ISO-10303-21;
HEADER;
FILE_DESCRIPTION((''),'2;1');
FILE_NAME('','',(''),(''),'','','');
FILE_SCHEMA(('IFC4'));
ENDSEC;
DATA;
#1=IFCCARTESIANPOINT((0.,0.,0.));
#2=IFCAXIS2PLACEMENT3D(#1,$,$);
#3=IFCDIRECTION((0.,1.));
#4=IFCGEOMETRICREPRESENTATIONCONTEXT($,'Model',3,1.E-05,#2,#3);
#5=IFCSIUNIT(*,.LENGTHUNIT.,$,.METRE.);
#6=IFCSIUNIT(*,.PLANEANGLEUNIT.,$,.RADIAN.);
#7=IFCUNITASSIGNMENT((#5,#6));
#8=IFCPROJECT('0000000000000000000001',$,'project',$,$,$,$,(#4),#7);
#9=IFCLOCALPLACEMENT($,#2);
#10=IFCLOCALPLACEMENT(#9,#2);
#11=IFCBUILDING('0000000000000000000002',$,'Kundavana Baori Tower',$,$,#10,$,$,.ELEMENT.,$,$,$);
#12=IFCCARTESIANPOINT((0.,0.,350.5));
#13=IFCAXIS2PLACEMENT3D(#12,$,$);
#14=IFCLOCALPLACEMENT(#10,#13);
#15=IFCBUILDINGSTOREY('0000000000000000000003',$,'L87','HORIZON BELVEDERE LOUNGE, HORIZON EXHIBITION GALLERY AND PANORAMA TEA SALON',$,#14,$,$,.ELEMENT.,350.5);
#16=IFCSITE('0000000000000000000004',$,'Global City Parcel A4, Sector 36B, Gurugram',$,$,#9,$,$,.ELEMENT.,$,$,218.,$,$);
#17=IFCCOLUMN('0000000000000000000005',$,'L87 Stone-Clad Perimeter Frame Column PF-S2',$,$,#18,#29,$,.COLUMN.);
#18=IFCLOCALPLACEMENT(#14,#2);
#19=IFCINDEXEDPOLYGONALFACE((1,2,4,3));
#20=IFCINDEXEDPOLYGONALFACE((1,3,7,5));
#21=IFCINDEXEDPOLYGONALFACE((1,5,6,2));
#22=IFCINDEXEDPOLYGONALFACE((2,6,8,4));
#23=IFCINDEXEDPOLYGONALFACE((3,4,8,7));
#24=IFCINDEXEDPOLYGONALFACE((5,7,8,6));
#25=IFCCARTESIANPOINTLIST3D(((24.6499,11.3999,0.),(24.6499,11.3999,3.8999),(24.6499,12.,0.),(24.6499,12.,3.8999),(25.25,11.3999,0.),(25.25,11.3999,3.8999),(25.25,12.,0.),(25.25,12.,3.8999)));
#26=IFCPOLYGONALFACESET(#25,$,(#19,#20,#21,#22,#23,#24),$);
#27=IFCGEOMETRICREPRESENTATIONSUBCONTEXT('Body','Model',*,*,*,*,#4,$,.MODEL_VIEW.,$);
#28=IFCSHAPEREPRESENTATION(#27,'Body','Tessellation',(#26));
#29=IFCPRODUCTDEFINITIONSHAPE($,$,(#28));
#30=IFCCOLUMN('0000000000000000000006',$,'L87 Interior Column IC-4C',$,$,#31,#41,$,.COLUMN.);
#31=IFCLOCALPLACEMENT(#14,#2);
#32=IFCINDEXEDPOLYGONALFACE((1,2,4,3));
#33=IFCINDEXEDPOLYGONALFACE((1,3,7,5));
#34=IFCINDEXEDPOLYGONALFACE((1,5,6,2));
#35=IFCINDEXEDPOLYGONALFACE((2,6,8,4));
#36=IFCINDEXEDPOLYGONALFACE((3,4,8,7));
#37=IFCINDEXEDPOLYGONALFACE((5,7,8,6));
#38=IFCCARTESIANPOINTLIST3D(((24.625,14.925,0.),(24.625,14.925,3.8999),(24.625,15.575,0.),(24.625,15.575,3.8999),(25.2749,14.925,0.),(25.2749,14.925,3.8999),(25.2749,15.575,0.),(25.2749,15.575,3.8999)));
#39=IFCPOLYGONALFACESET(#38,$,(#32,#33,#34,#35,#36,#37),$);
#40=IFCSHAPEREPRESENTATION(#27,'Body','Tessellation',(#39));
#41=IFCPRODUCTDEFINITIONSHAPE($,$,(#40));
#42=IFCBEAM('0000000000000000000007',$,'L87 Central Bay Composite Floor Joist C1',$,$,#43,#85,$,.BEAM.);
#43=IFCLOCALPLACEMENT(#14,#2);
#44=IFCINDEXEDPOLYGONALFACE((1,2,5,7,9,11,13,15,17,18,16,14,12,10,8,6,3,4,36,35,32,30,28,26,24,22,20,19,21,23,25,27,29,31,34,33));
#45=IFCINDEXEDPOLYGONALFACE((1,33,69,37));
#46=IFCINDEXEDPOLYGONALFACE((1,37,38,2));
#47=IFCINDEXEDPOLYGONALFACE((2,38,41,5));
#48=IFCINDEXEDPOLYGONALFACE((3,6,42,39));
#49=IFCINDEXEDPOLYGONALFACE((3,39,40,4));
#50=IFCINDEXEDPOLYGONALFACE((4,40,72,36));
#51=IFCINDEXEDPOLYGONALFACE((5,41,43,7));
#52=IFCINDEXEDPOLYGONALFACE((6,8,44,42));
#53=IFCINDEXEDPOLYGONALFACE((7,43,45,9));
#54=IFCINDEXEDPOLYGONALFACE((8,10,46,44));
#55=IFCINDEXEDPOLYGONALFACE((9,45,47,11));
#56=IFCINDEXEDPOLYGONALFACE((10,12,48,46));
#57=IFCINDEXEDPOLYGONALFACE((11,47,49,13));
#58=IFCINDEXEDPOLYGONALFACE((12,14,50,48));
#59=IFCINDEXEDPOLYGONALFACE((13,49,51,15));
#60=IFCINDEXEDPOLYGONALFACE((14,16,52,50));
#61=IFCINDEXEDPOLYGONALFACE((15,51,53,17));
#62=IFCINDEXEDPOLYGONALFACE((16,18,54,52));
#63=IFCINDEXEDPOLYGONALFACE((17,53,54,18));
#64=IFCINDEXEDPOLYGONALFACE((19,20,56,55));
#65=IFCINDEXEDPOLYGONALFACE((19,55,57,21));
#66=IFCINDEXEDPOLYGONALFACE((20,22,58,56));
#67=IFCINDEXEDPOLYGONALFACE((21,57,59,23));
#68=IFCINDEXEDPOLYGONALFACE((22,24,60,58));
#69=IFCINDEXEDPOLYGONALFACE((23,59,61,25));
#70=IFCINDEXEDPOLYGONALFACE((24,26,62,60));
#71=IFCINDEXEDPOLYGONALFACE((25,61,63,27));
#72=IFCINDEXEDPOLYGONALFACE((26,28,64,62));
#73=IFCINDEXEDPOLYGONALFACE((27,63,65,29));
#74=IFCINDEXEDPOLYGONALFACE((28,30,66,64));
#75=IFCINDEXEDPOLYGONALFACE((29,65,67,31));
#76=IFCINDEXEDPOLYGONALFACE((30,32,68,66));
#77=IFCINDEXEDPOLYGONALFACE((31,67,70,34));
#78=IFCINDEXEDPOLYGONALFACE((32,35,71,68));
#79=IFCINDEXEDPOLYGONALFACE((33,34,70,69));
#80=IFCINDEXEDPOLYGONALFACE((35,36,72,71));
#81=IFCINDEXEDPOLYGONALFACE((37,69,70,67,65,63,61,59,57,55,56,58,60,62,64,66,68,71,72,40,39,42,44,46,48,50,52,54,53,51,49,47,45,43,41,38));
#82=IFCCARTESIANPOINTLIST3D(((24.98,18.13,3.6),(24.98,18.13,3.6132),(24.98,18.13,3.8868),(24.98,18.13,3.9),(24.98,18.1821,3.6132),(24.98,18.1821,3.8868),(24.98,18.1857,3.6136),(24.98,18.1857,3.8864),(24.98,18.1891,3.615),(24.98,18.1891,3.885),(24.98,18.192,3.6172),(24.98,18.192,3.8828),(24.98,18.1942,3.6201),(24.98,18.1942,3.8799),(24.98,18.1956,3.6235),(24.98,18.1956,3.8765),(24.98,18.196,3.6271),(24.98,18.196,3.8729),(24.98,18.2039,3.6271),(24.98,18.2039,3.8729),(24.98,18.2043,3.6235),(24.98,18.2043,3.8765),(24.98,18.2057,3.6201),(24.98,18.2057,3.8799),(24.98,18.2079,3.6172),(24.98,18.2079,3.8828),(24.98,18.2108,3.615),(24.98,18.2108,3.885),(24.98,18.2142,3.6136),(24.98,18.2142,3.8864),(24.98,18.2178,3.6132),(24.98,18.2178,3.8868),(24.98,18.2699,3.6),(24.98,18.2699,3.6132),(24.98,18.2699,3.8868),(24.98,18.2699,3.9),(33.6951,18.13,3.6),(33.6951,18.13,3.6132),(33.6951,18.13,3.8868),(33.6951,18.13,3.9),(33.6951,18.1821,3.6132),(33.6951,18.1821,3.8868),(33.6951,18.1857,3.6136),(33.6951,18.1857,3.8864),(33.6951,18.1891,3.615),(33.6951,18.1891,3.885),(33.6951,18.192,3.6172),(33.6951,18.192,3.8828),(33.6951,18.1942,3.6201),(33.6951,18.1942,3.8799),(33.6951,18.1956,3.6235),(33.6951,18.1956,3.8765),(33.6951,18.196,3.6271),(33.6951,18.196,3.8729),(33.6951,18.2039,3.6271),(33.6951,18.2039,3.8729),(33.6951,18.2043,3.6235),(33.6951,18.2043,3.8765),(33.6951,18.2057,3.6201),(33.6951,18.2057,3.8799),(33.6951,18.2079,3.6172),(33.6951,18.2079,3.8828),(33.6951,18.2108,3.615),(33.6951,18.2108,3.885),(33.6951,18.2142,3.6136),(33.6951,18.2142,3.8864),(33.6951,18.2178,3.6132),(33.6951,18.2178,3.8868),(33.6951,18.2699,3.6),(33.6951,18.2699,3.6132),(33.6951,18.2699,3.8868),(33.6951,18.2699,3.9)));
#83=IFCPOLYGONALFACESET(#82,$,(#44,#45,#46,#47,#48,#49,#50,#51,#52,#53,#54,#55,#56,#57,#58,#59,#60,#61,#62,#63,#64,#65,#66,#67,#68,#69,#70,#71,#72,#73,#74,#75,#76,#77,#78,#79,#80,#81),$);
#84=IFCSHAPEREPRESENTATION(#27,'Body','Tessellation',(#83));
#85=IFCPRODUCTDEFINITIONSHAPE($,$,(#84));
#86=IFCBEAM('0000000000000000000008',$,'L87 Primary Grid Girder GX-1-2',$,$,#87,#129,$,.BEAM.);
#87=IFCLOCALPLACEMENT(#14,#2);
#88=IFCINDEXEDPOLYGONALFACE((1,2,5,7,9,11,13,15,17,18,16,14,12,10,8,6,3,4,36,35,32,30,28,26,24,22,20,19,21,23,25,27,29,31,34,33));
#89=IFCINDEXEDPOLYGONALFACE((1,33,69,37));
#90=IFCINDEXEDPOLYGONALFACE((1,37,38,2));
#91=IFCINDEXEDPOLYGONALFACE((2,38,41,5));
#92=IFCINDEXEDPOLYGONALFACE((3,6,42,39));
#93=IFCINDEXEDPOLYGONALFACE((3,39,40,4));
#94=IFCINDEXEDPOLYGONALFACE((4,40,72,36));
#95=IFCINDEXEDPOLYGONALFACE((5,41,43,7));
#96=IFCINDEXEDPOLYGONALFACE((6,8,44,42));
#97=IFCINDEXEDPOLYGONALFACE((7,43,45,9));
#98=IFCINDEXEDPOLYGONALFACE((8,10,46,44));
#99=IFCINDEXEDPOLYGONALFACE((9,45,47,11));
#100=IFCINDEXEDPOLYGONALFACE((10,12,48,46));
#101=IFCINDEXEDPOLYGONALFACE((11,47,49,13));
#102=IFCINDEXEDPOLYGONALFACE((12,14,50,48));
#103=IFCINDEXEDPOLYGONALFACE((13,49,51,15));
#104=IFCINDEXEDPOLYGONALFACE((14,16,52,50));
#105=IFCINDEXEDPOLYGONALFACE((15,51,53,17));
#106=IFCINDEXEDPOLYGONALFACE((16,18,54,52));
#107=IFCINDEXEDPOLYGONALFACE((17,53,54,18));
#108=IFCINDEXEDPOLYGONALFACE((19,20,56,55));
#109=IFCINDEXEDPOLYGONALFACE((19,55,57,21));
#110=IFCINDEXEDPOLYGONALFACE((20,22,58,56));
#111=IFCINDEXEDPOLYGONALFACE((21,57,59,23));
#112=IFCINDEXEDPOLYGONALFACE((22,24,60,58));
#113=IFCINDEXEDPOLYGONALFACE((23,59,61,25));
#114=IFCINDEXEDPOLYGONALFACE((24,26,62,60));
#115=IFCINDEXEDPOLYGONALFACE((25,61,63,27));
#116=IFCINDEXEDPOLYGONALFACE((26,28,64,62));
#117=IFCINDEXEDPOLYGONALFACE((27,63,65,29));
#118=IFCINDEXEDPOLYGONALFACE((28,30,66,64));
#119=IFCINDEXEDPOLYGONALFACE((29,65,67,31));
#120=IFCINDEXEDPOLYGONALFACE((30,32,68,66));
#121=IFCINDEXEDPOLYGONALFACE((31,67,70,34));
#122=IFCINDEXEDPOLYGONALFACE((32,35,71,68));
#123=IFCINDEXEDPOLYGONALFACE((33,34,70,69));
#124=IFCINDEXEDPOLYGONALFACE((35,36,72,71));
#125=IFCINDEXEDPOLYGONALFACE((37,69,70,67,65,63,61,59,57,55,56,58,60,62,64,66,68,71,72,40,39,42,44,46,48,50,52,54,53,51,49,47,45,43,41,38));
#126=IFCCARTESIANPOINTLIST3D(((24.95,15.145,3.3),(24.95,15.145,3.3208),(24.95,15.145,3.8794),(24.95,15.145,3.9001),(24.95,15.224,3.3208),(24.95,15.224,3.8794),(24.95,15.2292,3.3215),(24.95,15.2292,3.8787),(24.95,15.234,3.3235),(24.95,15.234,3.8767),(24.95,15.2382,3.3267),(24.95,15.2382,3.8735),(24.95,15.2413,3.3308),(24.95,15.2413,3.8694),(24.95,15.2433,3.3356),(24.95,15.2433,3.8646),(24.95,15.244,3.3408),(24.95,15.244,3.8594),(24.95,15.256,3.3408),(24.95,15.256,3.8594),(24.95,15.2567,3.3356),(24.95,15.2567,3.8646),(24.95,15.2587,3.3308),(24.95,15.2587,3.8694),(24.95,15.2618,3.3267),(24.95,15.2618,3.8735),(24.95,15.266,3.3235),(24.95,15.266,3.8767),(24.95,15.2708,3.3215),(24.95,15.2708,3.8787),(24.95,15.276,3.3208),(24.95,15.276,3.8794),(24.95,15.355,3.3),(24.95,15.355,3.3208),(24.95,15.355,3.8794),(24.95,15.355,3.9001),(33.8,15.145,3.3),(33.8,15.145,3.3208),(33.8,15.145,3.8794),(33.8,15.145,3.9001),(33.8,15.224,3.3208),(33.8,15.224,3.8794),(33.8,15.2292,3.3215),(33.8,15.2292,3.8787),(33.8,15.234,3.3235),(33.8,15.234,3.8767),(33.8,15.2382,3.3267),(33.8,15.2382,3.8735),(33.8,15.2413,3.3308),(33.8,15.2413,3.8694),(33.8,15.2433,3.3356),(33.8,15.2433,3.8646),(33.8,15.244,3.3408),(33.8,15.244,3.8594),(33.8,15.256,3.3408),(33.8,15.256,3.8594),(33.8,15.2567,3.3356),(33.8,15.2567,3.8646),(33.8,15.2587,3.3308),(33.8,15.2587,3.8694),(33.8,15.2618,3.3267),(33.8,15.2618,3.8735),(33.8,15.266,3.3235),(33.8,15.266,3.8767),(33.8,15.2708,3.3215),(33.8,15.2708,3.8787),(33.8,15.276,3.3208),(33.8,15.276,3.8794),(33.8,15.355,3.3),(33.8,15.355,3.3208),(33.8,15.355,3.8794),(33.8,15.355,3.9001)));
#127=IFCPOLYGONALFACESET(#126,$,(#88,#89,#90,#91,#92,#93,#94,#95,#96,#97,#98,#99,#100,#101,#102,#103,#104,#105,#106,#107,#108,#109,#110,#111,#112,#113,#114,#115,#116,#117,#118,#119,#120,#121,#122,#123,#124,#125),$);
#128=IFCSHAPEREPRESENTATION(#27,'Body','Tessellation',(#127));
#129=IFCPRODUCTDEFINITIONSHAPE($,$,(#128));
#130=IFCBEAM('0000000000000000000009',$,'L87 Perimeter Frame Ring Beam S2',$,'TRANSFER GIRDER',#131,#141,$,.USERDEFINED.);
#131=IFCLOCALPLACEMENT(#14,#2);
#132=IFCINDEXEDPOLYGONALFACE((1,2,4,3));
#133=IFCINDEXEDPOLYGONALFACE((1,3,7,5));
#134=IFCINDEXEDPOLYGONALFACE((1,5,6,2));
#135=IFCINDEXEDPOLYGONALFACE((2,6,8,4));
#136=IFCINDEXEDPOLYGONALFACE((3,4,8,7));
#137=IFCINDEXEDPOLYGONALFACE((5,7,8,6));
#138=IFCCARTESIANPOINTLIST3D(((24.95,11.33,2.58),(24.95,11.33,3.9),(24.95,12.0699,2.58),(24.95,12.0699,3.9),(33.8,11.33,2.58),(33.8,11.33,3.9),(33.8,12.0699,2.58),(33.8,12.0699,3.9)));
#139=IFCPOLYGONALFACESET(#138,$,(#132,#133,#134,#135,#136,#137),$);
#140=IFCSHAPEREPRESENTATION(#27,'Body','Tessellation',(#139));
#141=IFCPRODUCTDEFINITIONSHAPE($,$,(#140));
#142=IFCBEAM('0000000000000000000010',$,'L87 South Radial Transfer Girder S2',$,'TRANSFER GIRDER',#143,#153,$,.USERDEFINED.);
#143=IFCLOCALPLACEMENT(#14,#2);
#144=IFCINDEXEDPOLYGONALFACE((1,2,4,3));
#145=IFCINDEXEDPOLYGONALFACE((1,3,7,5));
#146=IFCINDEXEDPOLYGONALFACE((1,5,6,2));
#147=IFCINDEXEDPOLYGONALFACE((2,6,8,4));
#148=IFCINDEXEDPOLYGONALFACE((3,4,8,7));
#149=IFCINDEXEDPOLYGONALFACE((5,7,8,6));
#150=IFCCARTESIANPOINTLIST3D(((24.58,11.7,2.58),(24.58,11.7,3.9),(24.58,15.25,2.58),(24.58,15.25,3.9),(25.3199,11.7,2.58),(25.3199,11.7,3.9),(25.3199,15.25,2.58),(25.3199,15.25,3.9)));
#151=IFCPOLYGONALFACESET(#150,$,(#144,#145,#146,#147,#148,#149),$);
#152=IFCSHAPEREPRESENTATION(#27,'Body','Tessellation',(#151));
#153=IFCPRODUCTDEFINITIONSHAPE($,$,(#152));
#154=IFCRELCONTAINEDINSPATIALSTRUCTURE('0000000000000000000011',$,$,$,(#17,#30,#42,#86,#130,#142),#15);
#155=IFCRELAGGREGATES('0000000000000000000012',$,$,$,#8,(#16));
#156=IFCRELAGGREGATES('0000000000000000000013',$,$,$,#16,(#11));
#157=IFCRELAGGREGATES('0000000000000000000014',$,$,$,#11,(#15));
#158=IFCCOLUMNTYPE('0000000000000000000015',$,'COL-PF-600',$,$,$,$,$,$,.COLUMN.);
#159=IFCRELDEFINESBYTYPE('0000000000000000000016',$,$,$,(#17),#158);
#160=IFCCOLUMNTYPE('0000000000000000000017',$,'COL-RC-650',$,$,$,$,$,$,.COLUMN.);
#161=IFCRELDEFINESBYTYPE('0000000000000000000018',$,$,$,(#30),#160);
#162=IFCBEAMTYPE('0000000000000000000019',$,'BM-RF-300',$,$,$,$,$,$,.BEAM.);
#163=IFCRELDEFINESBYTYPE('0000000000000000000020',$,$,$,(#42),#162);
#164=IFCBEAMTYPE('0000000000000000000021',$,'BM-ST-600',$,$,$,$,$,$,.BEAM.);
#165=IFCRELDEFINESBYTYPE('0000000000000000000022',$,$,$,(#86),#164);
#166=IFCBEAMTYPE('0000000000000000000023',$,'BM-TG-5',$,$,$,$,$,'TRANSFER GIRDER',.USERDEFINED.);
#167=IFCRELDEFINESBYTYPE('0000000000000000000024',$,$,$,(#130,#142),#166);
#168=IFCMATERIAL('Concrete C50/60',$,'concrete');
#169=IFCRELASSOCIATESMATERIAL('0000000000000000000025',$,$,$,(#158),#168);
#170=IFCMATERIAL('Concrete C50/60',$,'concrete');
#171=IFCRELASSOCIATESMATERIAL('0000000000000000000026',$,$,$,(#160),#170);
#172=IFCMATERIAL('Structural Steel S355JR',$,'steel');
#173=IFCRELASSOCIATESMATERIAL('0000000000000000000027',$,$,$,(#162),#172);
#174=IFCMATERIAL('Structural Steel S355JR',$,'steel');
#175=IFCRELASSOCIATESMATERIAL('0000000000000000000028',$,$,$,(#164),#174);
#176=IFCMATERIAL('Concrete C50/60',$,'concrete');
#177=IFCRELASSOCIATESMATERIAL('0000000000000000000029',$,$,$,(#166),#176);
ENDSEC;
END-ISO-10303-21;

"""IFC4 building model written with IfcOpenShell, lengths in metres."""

from ifc_helpers import new_model, si_unit, direction, frame, origin, origin_2d, place, context, subcontext, project, spatial, rectangle, i_section, extrude, material, material_profile, profile_set, type_object, element, save


model = new_model("IFC4")

# Units and contexts
model_context = context("Model", 3, precision=1e-05, world=origin(), true_north=direction((0.0, 1.0)))
body_context = subcontext(model_context, "Body", "Model", "MODEL_VIEW")
ifc_project = project(units=[si_unit("LENGTHUNIT", "METRE"), si_unit("PLANEANGLEUNIT", "RADIAN")], contexts=[model_context])

# Site, building, storey
site_placement = place(None, origin())
site = spatial("IfcSite", under=ifc_project, at=site_placement, Name="Global City Parcel A4, Sector 36B, Gurugram", CompositionType="ELEMENT", RefElevation=218.0)
building_placement = place(site_placement, origin())
building = spatial("IfcBuilding", under=site, at=building_placement, Name="Kundavana Baori Tower", CompositionType="ELEMENT")
storey_placement = place(building_placement, frame((0.0, 0.0, 350.5)))
storey = spatial("IfcBuildingStorey", under=building, at=storey_placement, Name="L87", Description="HORIZON BELVEDERE LOUNGE, HORIZON EXHIBITION GALLERY AND PANORAMA TEA SALON", CompositionType="ELEMENT", Elevation=350.5)

# Columns
ifc_material_1 = material(Name="Concrete C50/60", Category="concrete")
ifc_material_profile_1 = material_profile(ifc_material_1, rectangle(XDim=0.6001, YDim=0.6001, at=origin_2d()), Name="RC PF 600x600")
ifc_profile_set_1 = profile_set([ifc_material_profile_1], Name="Concrete C50/60")
column_type_1 = type_object("IfcColumnType", Name="COL-PF-600", PredefinedType="COLUMN", material=ifc_profile_set_1)
column_1_placement = place(storey_placement, frame((24.95, 11.7, 0.0), z_axis=(0.0, 0.0, 1.0), x_axis=(1.0, 0.0, 0.0)))
element("IfcColumn", 1, at=column_1_placement, inside=storey, type_object=column_type_1, Name="L87 Stone-Clad Perimeter Frame Column PF-S2", PredefinedType="COLUMN", context=body_context, shape_type="SweptSolid", body=[
    extrude(rectangle(XDim=0.6001, YDim=0.6001, at=origin_2d()), origin(), (0.0, 0.0, 1.0), 3.8999),
])
ifc_material_2 = material(Name="Concrete C50/60", Category="concrete")
ifc_material_profile_2 = material_profile(ifc_material_2, rectangle(XDim=0.6499, YDim=0.6499, at=origin_2d()), Name="RC 650x650")
ifc_profile_set_2 = profile_set([ifc_material_profile_2], Name="Concrete C50/60")
column_type_2 = type_object("IfcColumnType", Name="COL-RC-650", PredefinedType="COLUMN", material=ifc_profile_set_2)
column_2_placement = place(storey_placement, frame((24.95, 15.25, 0.0), z_axis=(0.0, 0.0, 1.0), x_axis=(1.0, 0.0, 0.0)))
element("IfcColumn", 2, at=column_2_placement, inside=storey, type_object=column_type_2, Name="L87 Interior Column IC-4C", PredefinedType="COLUMN", context=body_context, shape_type="SweptSolid", body=[
    extrude(rectangle(XDim=0.6499, YDim=0.6499, at=origin_2d()), origin(), (0.0, 0.0, 1.0), 3.8999),
])

# Beams
ifc_material_3 = material(Name="Structural Steel S355JR", Category="steel")
ifc_material_profile_3 = material_profile(ifc_material_3, i_section(OverallWidth=0.1399, OverallDepth=0.3, WebThickness=0.0078, FlangeThickness=0.0132, FilletRadius=0.0139, at=origin_2d()), Name="ISMB 300")
ifc_profile_set_3 = profile_set([ifc_material_profile_3], Name="Structural Steel S355JR")
beam_type_1 = type_object("IfcBeamType", Name="BM-RF-300", PredefinedType="BEAM", material=ifc_profile_set_3)
beam_1_placement = place(storey_placement, frame((24.98, 18.2, 3.75), z_axis=(1.0, 0.0, 0.0), x_axis=(0.0, 1.0, 0.0)))
element("IfcBeam", 3, at=beam_1_placement, inside=storey, type_object=beam_type_1, Name="L87 Central Bay Composite Floor Joist C1", PredefinedType="BEAM", context=body_context, shape_type="SweptSolid", body=[
    extrude(i_section(OverallWidth=0.1399, OverallDepth=0.3, WebThickness=0.0078, FlangeThickness=0.0132, FilletRadius=0.0139, at=origin_2d()), origin(), (0.0, 0.0, 1.0), 8.7151),
])
ifc_material_4 = material(Name="Structural Steel S355JR", Category="steel")
ifc_material_profile_4 = material_profile(ifc_material_4, i_section(OverallWidth=0.21, OverallDepth=0.6001, WebThickness=0.012, FlangeThickness=0.0208, FilletRadius=0.02, at=origin_2d()), Name="ISMB 600")
ifc_profile_set_4 = profile_set([ifc_material_profile_4], Name="Structural Steel S355JR")
beam_type_2 = type_object("IfcBeamType", Name="BM-ST-600", PredefinedType="BEAM", material=ifc_profile_set_4)
beam_2_placement = place(storey_placement, frame((24.95, 15.25, 3.6001), z_axis=(1.0, 0.0, 0.0), x_axis=(0.0, 1.0, 0.0)))
element("IfcBeam", 4, at=beam_2_placement, inside=storey, type_object=beam_type_2, Name="L87 Primary Grid Girder GX-1-2", PredefinedType="BEAM", context=body_context, shape_type="SweptSolid", body=[
    extrude(i_section(OverallWidth=0.21, OverallDepth=0.6001, WebThickness=0.012, FlangeThickness=0.0208, FilletRadius=0.02, at=origin_2d()), origin(), (0.0, 0.0, 1.0), 8.8501),
])
ifc_material_5 = material(Name="Concrete C50/60", Category="concrete")
ifc_material_profile_5 = material_profile(ifc_material_5, rectangle(XDim=0.74, YDim=1.3201, at=origin_2d()), Name="BM-TG-5")
ifc_profile_set_5 = profile_set([ifc_material_profile_5], Name="Concrete C50/60")
beam_type_3 = type_object("IfcBeamType", Name="BM-TG-5", ElementType="TRANSFER GIRDER", PredefinedType="USERDEFINED", material=ifc_profile_set_5)
beam_3_placement = place(storey_placement, frame((24.95, 11.7, 3.24), z_axis=(1.0, 0.0, 0.0), x_axis=(0.0, 1.0, 0.0)))
element("IfcBeam", 5, at=beam_3_placement, inside=storey, type_object=beam_type_3, Name="L87 Perimeter Frame Ring Beam S2", ObjectType="TRANSFER GIRDER", PredefinedType="USERDEFINED", context=body_context, shape_type="SweptSolid", body=[
    extrude(rectangle(XDim=0.74, YDim=1.3201, at=origin_2d()), origin(), (0.0, 0.0, 1.0), 8.8501),
])
beam_4_placement = place(storey_placement, frame((24.95, 15.25, 3.24), z_axis=(0.0, -1.0, 0.0), x_axis=(1.0, 0.0, 0.0)))
element("IfcBeam", 6, at=beam_4_placement, inside=storey, type_object=beam_type_3, Name="L87 South Radial Transfer Girder S2", ObjectType="TRANSFER GIRDER", PredefinedType="USERDEFINED", context=body_context, shape_type="SweptSolid", body=[
    extrude(rectangle(XDim=0.74, YDim=1.3201, at=origin_2d()), origin(), (0.0, 0.0, 1.0), 3.55),
])

save(model, "model.ifc")
